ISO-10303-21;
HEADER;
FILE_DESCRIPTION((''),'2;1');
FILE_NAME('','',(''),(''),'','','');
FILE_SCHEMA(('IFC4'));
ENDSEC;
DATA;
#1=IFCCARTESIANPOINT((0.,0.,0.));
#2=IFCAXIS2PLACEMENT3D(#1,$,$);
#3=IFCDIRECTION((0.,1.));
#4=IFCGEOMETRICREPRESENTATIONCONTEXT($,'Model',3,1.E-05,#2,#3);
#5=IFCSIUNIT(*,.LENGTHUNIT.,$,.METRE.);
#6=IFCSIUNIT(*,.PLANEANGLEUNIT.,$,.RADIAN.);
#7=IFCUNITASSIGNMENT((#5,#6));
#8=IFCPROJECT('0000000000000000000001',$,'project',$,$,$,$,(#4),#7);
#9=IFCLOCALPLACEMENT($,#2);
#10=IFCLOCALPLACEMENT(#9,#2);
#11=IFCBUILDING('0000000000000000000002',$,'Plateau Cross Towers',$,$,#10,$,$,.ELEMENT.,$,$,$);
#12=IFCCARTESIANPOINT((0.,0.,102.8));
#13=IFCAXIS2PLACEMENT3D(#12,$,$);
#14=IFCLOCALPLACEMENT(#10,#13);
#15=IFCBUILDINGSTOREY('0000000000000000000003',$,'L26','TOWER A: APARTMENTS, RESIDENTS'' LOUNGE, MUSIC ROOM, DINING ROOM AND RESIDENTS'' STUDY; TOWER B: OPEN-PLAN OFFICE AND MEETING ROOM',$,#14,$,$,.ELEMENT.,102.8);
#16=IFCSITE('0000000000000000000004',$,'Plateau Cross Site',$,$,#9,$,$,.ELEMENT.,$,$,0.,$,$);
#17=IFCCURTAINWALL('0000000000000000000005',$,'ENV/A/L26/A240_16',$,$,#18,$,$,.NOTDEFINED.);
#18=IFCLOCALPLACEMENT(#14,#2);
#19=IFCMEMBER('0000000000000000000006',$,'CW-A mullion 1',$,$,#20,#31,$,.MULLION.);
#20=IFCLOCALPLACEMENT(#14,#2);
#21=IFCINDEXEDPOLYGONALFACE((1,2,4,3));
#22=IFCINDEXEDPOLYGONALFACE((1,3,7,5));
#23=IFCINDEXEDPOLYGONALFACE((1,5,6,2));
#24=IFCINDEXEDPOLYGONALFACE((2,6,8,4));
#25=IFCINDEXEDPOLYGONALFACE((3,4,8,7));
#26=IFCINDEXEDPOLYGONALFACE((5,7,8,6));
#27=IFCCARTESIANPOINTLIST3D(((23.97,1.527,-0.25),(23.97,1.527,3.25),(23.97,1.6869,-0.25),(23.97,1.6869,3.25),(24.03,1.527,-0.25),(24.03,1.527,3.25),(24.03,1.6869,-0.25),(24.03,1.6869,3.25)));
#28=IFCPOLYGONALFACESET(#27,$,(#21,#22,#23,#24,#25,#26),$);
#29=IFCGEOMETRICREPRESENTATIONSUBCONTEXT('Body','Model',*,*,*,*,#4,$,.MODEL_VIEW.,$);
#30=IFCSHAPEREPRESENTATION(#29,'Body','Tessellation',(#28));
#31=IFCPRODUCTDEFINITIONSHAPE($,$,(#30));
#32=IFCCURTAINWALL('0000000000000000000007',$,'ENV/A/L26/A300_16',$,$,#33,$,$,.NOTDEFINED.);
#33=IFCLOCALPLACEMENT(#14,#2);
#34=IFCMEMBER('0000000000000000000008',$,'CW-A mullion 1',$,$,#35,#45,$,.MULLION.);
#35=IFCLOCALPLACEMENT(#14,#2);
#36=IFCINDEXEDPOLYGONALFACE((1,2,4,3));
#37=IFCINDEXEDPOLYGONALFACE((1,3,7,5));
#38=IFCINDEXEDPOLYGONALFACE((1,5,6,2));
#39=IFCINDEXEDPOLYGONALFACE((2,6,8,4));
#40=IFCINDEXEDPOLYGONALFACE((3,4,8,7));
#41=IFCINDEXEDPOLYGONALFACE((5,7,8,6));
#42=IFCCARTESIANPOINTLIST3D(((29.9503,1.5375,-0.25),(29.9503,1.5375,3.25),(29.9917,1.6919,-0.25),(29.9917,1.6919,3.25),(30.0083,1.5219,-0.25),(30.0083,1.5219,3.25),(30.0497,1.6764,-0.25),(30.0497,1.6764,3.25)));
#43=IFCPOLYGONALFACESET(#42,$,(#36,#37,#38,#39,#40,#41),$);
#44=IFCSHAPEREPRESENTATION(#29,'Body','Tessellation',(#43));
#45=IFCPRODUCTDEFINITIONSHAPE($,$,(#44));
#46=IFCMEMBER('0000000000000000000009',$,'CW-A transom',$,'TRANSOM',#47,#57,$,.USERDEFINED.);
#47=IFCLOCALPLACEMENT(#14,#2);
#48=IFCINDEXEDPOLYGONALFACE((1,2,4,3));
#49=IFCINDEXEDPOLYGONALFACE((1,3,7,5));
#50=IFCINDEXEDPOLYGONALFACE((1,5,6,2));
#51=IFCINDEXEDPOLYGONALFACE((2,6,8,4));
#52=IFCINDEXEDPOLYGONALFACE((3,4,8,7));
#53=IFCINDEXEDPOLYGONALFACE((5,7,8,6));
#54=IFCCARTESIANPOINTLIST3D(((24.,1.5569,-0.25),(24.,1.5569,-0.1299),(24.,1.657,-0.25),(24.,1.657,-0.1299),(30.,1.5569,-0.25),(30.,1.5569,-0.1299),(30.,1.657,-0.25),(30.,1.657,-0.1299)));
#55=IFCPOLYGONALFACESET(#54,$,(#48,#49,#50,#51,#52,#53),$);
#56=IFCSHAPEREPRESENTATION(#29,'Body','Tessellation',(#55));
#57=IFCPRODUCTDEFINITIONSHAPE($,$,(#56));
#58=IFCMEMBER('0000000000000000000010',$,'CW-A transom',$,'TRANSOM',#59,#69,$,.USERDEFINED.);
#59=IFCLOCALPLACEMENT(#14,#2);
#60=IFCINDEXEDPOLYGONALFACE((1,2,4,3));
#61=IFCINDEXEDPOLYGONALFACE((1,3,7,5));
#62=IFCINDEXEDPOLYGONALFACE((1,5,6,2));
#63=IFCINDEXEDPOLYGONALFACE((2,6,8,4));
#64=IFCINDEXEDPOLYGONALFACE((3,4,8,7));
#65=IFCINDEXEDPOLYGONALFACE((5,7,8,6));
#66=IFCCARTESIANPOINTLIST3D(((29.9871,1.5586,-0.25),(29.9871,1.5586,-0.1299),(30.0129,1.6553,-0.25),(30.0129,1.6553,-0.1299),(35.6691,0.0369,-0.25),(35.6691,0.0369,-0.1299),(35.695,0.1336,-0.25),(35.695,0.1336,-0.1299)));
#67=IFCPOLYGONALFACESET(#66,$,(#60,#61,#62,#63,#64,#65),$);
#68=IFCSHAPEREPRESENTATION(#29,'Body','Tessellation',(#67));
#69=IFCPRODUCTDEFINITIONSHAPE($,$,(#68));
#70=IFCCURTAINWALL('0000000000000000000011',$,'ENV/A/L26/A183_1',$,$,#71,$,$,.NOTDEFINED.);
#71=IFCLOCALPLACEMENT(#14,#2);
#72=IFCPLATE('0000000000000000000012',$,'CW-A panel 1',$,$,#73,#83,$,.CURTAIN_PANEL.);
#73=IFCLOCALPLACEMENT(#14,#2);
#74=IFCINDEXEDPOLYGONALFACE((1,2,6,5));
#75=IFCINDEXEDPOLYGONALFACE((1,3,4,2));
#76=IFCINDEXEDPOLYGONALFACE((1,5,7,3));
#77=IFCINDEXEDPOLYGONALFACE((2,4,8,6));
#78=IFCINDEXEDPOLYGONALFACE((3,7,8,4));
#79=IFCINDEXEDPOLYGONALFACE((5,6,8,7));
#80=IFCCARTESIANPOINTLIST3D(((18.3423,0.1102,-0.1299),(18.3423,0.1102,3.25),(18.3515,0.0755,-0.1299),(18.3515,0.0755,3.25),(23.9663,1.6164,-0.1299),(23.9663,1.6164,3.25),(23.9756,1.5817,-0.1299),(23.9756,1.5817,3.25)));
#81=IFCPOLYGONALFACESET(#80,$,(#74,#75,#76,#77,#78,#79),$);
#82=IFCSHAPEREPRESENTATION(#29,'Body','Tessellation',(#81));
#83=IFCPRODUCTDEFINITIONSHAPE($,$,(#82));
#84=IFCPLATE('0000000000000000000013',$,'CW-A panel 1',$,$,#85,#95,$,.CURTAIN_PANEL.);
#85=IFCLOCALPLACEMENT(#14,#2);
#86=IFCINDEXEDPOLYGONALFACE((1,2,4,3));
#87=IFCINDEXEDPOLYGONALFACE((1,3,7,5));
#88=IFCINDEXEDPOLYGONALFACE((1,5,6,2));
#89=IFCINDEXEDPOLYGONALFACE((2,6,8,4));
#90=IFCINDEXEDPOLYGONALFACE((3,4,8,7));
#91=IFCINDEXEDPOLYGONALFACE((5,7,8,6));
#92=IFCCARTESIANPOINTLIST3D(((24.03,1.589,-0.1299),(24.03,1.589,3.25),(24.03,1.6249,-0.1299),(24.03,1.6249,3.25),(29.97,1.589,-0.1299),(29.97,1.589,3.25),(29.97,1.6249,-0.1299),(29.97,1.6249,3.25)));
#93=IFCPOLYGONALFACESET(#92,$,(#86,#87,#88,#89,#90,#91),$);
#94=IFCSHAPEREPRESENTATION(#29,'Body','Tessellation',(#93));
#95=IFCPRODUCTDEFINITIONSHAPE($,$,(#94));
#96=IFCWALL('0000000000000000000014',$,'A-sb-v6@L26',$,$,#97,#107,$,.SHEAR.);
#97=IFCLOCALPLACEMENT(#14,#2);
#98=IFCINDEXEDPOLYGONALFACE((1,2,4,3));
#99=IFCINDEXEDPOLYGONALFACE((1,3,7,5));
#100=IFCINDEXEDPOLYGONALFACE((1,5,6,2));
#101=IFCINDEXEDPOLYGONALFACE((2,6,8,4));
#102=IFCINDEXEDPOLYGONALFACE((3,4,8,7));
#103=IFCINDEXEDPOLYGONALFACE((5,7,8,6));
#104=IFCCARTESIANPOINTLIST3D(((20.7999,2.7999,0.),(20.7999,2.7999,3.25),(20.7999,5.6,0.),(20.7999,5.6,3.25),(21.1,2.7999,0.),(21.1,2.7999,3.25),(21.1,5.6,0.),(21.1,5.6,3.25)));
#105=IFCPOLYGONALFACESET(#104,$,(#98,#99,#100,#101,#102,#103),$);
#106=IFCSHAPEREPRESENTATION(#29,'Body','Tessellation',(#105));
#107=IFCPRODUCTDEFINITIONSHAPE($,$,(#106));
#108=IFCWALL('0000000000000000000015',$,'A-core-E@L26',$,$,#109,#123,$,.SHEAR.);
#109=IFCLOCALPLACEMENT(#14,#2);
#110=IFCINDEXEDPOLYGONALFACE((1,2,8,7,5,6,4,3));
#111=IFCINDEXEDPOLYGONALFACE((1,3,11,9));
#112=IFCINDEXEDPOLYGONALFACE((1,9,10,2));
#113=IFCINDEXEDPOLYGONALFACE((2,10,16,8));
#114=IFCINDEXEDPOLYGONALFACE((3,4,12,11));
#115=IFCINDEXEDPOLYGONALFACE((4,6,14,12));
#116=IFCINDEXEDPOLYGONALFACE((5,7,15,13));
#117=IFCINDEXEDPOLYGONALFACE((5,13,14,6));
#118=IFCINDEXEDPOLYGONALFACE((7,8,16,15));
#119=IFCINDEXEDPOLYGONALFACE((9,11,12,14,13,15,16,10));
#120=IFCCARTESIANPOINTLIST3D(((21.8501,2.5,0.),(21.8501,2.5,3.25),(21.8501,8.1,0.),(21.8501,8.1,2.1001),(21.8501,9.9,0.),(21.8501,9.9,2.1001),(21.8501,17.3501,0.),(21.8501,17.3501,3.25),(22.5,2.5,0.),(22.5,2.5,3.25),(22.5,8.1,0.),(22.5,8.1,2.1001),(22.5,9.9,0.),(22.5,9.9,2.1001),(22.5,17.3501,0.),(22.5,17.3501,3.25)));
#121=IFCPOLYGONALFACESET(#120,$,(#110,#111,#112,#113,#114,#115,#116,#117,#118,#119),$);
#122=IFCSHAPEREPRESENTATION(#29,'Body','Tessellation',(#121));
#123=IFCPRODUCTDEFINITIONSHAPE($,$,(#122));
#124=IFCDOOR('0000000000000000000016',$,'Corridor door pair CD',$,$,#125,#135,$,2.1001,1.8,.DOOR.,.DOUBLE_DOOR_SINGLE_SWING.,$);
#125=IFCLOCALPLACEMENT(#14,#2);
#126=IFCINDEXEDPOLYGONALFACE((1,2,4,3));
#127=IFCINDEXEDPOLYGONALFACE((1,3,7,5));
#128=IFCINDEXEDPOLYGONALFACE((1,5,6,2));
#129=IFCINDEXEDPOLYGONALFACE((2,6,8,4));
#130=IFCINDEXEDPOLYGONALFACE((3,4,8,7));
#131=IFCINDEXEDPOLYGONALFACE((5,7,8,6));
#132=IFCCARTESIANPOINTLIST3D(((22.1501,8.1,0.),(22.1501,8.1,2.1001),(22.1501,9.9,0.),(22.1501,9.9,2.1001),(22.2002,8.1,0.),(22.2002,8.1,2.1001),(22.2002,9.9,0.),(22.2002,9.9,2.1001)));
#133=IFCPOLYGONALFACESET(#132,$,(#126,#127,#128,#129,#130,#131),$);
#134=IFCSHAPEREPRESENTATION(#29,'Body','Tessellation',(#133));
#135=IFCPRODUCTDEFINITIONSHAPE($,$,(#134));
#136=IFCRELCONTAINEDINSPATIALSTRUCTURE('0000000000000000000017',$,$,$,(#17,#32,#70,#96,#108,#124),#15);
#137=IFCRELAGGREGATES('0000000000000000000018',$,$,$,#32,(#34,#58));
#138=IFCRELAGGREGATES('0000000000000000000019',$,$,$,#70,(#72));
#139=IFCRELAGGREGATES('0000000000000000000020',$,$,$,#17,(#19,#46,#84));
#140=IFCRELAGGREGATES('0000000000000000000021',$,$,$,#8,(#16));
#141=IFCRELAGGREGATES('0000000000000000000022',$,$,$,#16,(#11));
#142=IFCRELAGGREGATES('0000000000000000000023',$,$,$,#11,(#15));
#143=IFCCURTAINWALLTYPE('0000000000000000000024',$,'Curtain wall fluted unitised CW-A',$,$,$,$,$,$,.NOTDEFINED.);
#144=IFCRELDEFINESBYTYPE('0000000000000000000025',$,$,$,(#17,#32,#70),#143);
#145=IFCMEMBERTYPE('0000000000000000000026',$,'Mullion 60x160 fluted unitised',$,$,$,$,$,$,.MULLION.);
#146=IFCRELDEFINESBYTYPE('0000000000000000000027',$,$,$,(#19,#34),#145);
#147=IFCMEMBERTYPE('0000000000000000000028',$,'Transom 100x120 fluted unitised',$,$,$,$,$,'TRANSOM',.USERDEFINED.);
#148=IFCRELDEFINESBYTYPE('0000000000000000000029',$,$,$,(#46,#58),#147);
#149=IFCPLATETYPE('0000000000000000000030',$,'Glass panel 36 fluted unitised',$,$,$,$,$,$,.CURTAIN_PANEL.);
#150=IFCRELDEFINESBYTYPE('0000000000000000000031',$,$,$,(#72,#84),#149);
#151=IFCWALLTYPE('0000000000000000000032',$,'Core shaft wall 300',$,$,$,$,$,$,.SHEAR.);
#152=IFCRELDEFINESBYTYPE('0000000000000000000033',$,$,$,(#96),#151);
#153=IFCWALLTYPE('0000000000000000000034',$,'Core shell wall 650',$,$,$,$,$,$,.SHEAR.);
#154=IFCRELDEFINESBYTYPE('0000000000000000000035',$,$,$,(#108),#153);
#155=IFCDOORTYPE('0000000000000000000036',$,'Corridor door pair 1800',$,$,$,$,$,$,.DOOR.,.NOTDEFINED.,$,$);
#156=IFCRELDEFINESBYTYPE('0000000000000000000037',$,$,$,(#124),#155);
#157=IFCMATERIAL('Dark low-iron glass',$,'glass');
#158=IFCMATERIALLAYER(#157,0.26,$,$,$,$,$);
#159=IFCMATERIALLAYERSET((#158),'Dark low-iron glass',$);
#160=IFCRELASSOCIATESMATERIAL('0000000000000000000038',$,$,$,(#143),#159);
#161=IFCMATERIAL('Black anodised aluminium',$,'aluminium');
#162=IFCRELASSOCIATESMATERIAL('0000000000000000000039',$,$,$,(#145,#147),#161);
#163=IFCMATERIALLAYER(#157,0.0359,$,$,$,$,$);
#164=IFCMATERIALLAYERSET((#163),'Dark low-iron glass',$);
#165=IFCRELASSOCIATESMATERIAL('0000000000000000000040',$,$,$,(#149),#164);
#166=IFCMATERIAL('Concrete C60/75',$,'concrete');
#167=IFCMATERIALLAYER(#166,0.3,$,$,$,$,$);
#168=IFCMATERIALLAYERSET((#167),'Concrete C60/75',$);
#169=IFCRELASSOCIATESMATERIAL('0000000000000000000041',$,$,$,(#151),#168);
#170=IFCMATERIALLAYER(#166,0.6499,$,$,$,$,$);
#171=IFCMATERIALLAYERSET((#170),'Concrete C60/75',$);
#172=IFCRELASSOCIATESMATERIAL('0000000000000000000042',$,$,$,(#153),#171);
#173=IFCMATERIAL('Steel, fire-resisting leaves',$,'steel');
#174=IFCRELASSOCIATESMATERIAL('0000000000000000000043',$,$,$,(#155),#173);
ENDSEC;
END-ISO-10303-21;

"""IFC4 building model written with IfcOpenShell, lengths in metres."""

from ifc_helpers import new_model, si_unit, direction, frame, frame_2d, origin, origin_2d, place, context, subcontext, project, spatial, rectangle, extrude, material, layer, layer_set, material_profile, profile_set, type_object, element, fill, aggregate, save


model = new_model("IFC4")

# Units and contexts
model_context = context("Model", 3, precision=1e-05, world=origin(), true_north=direction((0.0, 1.0)))
body_context = subcontext(model_context, "Body", "Model", "MODEL_VIEW")
ifc_project = project(units=[si_unit("LENGTHUNIT", "METRE"), si_unit("PLANEANGLEUNIT", "RADIAN")], contexts=[model_context])

# Site, building, storey
site_placement = place(None, origin())
site = spatial("IfcSite", under=ifc_project, at=site_placement, Name="Plateau Cross Site", CompositionType="ELEMENT", RefElevation=0.0)
building_placement = place(site_placement, origin())
building = spatial("IfcBuilding", under=site, at=building_placement, Name="Plateau Cross Towers", CompositionType="ELEMENT")
storey_placement = place(building_placement, frame((0.0, 0.0, 102.8)))
storey = spatial("IfcBuildingStorey", under=building, at=storey_placement, Name="L26", Description="TOWER A: APARTMENTS, RESIDENTS' LOUNGE, MUSIC ROOM, DINING ROOM AND RESIDENTS' STUDY; TOWER B: OPEN-PLAN OFFICE AND MEETING ROOM", CompositionType="ELEMENT", Elevation=102.8)

# Curtain walls, members
ifc_material_1 = material(Name="Dark low-iron glass", Category="glass")
ifc_layer_1 = layer(ifc_material_1, 0.26)
ifc_layer_set_1 = layer_set([ifc_layer_1], Name="Dark low-iron glass")
curtain_wall_type = type_object("IfcCurtainWallType", Name="Curtain wall fluted unitised CW-A", PredefinedType="NOTDEFINED", material=ifc_layer_set_1)
curtain_wall_1_placement = place(storey_placement, origin())
curtain_wall_1 = element("IfcCurtainWall", 1, at=curtain_wall_1_placement, inside=storey, type_object=curtain_wall_type, Name="ENV/A/L26/A240_16", PredefinedType="NOTDEFINED")
ifc_material_2 = material(Name="Black anodised aluminium", Category="aluminium")
ifc_material_profile_1 = material_profile(ifc_material_2, rectangle(XDim=0.0601, YDim=0.1599, at=origin_2d()), Name="MULLION 60x160")
ifc_profile_set_1 = profile_set([ifc_material_profile_1], Name="Black anodised aluminium")
member_type_1 = type_object("IfcMemberType", Name="Mullion 60x160 fluted unitised", PredefinedType="MULLION", material=ifc_profile_set_1)
member_1_placement = place(storey_placement, frame((24.0, 1.6069, -0.25), z_axis=(0.0, 0.0, 1.0), x_axis=(1.0, 0.0, 0.0)))
member_1 = element("IfcMember", 2, at=member_1_placement, type_object=member_type_1, Name="CW-A mullion 1", PredefinedType="MULLION", context=body_context, shape_type="SweptSolid", body=[
    extrude(rectangle(XDim=0.0601, YDim=0.1599, at=origin_2d()), origin(), (0.0, 0.0, 1.0), 3.5),
])
curtain_wall_2_placement = place(storey_placement, origin())
curtain_wall_2 = element("IfcCurtainWall", 3, at=curtain_wall_2_placement, inside=storey, type_object=curtain_wall_type, Name="ENV/A/L26/A300_16", PredefinedType="NOTDEFINED")
member_2_placement = place(storey_placement, frame((30.0, 1.6069, -0.25), z_axis=(0.0, 0.0, 1.0), x_axis=(0.965958, -0.258699, 0.0)))
member_2 = element("IfcMember", 4, at=member_2_placement, type_object=member_type_1, Name="CW-A mullion 1", PredefinedType="MULLION", context=body_context, shape_type="SweptSolid", body=[
    extrude(rectangle(XDim=0.0601, YDim=0.1599, at=origin_2d()), origin(), (0.0, 0.0, 1.0), 3.5),
])

# Members
ifc_material_profile_2 = material_profile(ifc_material_2, rectangle(XDim=0.1001, YDim=0.1201, at=origin_2d()), Name="TRANSOM 100x120")
ifc_profile_set_2 = profile_set([ifc_material_profile_2], Name="Black anodised aluminium")
member_type_2 = type_object("IfcMemberType", Name="Transom 100x120 fluted unitised", ElementType="TRANSOM", PredefinedType="USERDEFINED", material=ifc_profile_set_2)
member_3_placement = place(storey_placement, frame((24.0, 1.6069, -0.1899), z_axis=(1.0, 0.0, 0.0), x_axis=(0.0, 1.0, 0.0)))
member_3 = element("IfcMember", 5, at=member_3_placement, type_object=member_type_2, Name="CW-A transom", ObjectType="TRANSOM", PredefinedType="USERDEFINED", context=body_context, shape_type="SweptSolid", body=[
    extrude(rectangle(XDim=0.1001, YDim=0.1201, at=origin_2d()), origin(), (0.0, 0.0, 1.0), 6.0),
])
member_4_placement = place(storey_placement, frame((30.0, 1.6069, -0.1899), z_axis=(0.96596, -0.258693, 0.0), x_axis=(0.258693, 0.96596, 0.0)))
member_4 = element("IfcMember", 6, at=member_4_placement, type_object=member_type_2, Name="CW-A transom", ObjectType="TRANSOM", PredefinedType="USERDEFINED", context=body_context, shape_type="SweptSolid", body=[
    extrude(rectangle(XDim=0.1001, YDim=0.1201, at=origin_2d()), origin(), (0.0, 0.0, 1.0), 5.8823),
])
aggregate(curtain_wall_2, [member_2, member_4])

# Curtain wall, plate
curtain_wall_3_placement = place(storey_placement, origin())
curtain_wall_3 = element("IfcCurtainWall", 7, at=curtain_wall_3_placement, inside=storey, type_object=curtain_wall_type, Name="ENV/A/L26/A183_1", PredefinedType="NOTDEFINED")
ifc_layer_2 = layer(ifc_material_1, 0.0359)
ifc_layer_set_2 = layer_set([ifc_layer_2], Name="Dark low-iron glass")
plate_type = type_object("IfcPlateType", Name="Glass panel 36 fluted unitised", PredefinedType="CURTAIN_PANEL", material=ifc_layer_set_2)
plate_1_placement = place(storey_placement, frame((21.1589, 0.8459, -0.1299), z_axis=(0.0, 0.0, 1.0), x_axis=(0.965958, 0.258699, 0.0)))
plate_1 = element("IfcPlate", 8, at=plate_1_placement, type_object=plate_type, Name="CW-A panel 1", PredefinedType="CURTAIN_PANEL", context=body_context, shape_type="SweptSolid", body=[
    extrude(rectangle(XDim=5.8223, YDim=0.0359, at=origin_2d()), origin(), (0.0, 0.0, 1.0), 3.3799),
])
aggregate(curtain_wall_3, [plate_1])

# Plate
plate_2_placement = place(storey_placement, frame((27.0, 1.6069, -0.1299), z_axis=(0.0, 0.0, 1.0), x_axis=(1.0, 0.0, 0.0)))
plate_2 = element("IfcPlate", 9, at=plate_2_placement, type_object=plate_type, Name="CW-A panel 1", PredefinedType="CURTAIN_PANEL", context=body_context, shape_type="SweptSolid", body=[
    extrude(rectangle(XDim=5.9399, YDim=0.0359, at=origin_2d()), origin(), (0.0, 0.0, 1.0), 3.3799),
])
aggregate(curtain_wall_1, [member_1, member_3, plate_2])

# Wall
ifc_material_3 = material(Name="Concrete C60/75", Category="concrete")
ifc_layer_3 = layer(ifc_material_3, 0.3)
ifc_layer_set_3 = layer_set([ifc_layer_3], Name="Concrete C60/75")
wall_type_1 = type_object("IfcWallType", Name="Core shaft wall 300", PredefinedType="SHEAR", material=ifc_layer_set_3)
wall_1_placement = place(storey_placement, frame((20.95, 2.8, 0.0), z_axis=(0.0, 0.0, 1.0), x_axis=(0.0, 1.0, 0.0)))
element("IfcWall", 10, at=wall_1_placement, inside=storey, type_object=wall_type_1, Name="A-sb-v6@L26", PredefinedType="SHEAR", context=body_context, shape_type="SweptSolid", body=[
    extrude(rectangle(XDim=2.8, YDim=0.3, at=frame_2d((1.3999, 0.0))), origin(), (0.0, 0.0, 1.0), 3.25),
])

# Wall, opening, door
ifc_layer_4 = layer(ifc_material_3, 0.6499)
ifc_layer_set_4 = layer_set([ifc_layer_4], Name="Concrete C60/75")
wall_type_2 = type_object("IfcWallType", Name="Core shell wall 650", PredefinedType="SHEAR", material=ifc_layer_set_4)
wall_2_placement = place(storey_placement, frame((22.175, 2.5, 0.0), z_axis=(0.0, 0.0, 1.0), x_axis=(0.0, 1.0, 0.0)))
wall_2 = element("IfcWall", 11, at=wall_2_placement, inside=storey, type_object=wall_type_2, Name="A-core-E@L26", PredefinedType="SHEAR", context=body_context, shape_type="SweptSolid", body=[
    extrude(rectangle(XDim=14.8501, YDim=0.6499, at=frame_2d((7.425, 0.0))), origin(), (0.0, 0.0, 1.0), 3.25),
])
opening_1_placement = place(wall_2_placement, frame((5.6001, 0.0, 0.0)))
opening_1 = element("IfcOpeningElement", 12, at=opening_1_placement, cuts=wall_2, PredefinedType="OPENING", context=body_context, shape_type="SweptSolid", body=[
    extrude(rectangle(XDim=1.8, YDim=2.1001, at=frame_2d((0.8999, 1.05))), frame((0.0, 0.335, 0.0), z_axis=(0.0, -1.0, 0.0), x_axis=(1.0, 0.0, 0.0)), (0.0, 0.0, 1.0), 0.6699),
])
ifc_material_4 = material(Name="Steel, fire-resisting leaves", Category="steel")
door_type_1 = type_object("IfcDoorType", Name="Corridor door pair 1800", OperationType="NOTDEFINED", PredefinedType="DOOR", material=ifc_material_4)
door_1_placement = place(opening_1_placement, origin())
door_1 = element("IfcDoor", 13, at=door_1_placement, inside=storey, type_object=door_type_1, Name="Corridor door pair CD", OperationType="DOUBLE_DOOR_SINGLE_SWING", OverallHeight=2.1001, OverallWidth=1.8, PredefinedType="DOOR", context=body_context, shape_type="SweptSolid", body=[
    extrude(rectangle(XDim=1.8, YDim=2.1001, at=frame_2d((0.8999, 1.05))), frame((0.0, 0.0249, 0.0), z_axis=(0.0, -1.0, 0.0), x_axis=(1.0, 0.0, 0.0)), (0.0, 0.0, 1.0), 0.05),
])
fill(opening_1, door_1)

save(model, "model.ifc")
